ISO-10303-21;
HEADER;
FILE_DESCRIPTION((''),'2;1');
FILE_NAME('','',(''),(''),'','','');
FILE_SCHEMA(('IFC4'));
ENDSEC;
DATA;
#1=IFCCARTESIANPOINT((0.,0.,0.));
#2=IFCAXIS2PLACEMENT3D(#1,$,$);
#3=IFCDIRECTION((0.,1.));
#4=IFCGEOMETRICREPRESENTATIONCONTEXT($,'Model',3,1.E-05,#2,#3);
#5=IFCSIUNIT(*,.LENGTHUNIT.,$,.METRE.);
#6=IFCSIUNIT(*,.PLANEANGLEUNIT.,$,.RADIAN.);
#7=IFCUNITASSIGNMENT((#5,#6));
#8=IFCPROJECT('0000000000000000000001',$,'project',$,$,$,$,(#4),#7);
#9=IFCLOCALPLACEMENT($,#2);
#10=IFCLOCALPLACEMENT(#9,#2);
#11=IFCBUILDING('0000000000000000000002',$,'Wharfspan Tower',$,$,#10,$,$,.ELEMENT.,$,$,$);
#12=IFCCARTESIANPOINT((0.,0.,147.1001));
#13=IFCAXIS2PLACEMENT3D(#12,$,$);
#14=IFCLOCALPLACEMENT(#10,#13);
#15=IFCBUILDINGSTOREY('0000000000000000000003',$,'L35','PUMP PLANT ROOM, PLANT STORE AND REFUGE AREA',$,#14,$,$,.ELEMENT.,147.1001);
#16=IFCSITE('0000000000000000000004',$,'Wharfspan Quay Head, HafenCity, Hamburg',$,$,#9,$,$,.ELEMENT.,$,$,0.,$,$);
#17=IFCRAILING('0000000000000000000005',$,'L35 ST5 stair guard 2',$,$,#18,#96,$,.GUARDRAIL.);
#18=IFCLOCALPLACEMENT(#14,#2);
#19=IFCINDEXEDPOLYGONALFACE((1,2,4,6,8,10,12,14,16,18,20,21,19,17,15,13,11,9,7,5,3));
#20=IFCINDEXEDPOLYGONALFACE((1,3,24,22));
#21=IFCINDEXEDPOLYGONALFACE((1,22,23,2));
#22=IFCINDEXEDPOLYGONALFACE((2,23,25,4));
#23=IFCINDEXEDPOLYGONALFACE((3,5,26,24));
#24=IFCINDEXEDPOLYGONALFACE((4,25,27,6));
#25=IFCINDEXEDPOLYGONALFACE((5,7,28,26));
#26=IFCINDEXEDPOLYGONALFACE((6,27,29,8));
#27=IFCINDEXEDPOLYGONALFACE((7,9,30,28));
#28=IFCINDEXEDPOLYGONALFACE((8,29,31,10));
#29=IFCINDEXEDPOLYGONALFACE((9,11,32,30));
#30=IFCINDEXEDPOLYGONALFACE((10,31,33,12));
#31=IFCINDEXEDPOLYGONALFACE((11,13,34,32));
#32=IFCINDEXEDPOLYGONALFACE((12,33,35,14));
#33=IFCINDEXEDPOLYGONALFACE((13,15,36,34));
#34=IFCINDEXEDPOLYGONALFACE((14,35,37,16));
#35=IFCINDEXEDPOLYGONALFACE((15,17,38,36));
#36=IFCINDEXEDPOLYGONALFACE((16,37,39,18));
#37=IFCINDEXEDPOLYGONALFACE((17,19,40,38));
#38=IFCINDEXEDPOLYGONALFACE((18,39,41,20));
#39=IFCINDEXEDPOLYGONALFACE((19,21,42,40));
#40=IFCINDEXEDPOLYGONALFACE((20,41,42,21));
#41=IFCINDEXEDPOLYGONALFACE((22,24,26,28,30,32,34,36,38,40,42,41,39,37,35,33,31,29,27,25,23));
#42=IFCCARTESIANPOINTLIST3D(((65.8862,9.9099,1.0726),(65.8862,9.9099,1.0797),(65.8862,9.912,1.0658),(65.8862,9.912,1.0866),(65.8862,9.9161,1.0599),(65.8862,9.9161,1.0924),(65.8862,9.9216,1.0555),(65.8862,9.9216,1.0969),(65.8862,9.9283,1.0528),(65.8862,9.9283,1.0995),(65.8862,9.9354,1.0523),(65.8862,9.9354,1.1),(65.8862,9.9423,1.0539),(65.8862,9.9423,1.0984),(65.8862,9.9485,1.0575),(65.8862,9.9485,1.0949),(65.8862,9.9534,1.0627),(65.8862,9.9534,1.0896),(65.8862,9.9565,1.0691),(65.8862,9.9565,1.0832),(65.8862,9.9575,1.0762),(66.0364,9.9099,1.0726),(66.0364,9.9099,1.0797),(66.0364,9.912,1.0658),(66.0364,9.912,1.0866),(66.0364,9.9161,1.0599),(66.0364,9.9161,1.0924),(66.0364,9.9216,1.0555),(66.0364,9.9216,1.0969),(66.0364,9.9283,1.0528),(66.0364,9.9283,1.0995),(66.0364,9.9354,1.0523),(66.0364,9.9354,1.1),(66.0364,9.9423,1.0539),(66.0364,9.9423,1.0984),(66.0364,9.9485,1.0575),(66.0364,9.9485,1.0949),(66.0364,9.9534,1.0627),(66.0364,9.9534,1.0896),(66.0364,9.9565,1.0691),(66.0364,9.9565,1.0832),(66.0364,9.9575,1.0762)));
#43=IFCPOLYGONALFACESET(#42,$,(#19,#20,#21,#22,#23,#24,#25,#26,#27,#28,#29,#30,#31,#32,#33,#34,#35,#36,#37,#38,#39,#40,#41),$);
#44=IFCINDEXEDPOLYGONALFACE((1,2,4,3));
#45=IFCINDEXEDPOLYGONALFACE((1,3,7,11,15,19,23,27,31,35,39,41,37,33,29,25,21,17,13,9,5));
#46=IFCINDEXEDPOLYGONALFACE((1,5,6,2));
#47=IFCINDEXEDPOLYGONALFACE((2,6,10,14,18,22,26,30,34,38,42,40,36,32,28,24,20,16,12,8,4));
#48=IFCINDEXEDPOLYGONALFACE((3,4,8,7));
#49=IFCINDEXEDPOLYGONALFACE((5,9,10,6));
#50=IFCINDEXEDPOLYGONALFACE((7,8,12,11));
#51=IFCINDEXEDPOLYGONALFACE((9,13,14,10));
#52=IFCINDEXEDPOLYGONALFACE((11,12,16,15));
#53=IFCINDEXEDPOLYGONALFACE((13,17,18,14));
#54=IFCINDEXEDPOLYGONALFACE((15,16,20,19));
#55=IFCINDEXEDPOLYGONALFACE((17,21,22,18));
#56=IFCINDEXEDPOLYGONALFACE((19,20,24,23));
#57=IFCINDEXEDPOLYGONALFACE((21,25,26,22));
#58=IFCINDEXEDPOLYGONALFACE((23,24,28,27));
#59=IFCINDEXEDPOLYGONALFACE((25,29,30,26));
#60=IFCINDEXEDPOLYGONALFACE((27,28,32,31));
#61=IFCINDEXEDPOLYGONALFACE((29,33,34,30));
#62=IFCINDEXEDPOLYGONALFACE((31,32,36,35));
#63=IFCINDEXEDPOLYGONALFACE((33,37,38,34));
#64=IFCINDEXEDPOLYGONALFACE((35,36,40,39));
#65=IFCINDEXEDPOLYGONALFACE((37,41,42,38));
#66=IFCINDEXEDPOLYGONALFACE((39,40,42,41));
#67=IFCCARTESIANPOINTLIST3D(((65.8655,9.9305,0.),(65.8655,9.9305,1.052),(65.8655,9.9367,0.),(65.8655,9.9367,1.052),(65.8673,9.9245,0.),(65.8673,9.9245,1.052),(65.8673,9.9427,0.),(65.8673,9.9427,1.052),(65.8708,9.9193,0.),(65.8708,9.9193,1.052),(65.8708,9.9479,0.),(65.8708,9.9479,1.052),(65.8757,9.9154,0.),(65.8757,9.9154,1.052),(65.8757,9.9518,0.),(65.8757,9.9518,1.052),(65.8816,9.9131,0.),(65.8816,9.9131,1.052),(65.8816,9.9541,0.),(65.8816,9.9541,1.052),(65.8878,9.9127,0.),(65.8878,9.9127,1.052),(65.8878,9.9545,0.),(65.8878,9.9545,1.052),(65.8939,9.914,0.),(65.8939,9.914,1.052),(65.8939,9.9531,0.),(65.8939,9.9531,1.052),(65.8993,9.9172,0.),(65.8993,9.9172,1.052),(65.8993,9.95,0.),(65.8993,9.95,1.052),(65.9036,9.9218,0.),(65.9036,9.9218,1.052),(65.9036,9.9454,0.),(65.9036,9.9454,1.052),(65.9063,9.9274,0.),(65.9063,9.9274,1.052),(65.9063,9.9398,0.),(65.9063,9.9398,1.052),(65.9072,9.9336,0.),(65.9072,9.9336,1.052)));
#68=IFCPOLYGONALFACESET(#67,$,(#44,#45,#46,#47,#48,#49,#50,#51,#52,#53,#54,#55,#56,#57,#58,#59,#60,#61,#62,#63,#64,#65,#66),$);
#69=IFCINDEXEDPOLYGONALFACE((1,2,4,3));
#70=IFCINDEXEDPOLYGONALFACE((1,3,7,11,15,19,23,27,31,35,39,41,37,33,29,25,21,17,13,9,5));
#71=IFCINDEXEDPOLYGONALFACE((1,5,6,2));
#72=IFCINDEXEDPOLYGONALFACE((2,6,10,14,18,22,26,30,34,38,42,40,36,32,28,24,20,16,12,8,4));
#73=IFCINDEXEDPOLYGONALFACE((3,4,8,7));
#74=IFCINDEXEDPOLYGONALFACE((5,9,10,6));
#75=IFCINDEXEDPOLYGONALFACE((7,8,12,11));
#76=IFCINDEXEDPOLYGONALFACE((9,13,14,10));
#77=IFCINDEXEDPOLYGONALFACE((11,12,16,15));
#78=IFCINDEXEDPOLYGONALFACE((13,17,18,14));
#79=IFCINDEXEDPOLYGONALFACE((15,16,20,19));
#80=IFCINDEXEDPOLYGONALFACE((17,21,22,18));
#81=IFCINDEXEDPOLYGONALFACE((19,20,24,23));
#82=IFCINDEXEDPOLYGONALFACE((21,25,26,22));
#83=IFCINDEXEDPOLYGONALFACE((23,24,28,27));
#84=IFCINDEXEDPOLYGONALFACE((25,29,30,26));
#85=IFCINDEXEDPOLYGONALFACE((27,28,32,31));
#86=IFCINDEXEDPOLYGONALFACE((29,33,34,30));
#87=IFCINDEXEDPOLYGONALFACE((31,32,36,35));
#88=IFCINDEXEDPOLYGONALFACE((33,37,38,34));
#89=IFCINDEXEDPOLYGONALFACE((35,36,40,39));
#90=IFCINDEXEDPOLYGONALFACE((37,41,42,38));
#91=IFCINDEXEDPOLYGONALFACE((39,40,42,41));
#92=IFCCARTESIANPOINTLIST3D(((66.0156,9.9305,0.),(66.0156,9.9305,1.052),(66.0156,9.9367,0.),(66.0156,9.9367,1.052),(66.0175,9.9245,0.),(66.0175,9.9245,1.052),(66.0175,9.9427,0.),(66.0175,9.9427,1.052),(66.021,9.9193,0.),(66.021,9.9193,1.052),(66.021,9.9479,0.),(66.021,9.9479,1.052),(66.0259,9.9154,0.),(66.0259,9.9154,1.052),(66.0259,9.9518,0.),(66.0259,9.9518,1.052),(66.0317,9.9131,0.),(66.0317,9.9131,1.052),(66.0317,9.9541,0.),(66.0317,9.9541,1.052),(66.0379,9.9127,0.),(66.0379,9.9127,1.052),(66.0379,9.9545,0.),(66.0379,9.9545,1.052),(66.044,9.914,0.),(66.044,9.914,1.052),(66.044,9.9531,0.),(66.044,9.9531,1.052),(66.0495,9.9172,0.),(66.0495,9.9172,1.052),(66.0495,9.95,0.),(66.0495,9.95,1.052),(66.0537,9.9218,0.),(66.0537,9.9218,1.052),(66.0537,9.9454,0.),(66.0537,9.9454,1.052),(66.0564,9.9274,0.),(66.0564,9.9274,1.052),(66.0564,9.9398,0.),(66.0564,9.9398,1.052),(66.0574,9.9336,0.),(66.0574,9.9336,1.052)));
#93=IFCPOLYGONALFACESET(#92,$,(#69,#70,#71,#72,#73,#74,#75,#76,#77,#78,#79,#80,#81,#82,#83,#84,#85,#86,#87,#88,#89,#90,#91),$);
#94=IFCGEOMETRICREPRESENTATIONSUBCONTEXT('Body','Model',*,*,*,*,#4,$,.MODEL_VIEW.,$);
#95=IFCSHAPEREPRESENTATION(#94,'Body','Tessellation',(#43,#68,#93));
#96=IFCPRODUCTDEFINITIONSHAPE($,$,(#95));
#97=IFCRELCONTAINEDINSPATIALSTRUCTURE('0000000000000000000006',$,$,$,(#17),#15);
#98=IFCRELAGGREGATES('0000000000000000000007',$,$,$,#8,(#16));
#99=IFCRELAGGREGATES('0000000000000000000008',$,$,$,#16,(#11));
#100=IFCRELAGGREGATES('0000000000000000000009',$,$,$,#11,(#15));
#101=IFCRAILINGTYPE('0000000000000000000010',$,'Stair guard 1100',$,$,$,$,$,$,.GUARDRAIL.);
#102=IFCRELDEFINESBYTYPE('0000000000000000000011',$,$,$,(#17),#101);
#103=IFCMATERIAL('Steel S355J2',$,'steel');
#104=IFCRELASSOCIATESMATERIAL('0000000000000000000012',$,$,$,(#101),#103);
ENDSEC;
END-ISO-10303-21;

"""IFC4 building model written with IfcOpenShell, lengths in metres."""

from ifc_helpers import new_model, si_unit, direction, frame, origin, origin_2d, place, context, subcontext, project, spatial, circle, extrude, material, type_object, element, save


model = new_model("IFC4")

# Units and contexts
model_context = context("Model", 3, precision=1e-05, world=origin(), true_north=direction((0.0, 1.0)))
body_context = subcontext(model_context, "Body", "Model", "MODEL_VIEW")
ifc_project = project(units=[si_unit("LENGTHUNIT", "METRE"), si_unit("PLANEANGLEUNIT", "RADIAN")], contexts=[model_context])

# Site, building, storey
site_placement = place(None, origin())
site = spatial("IfcSite", under=ifc_project, at=site_placement, Name="Wharfspan Quay Head, HafenCity, Hamburg", CompositionType="ELEMENT", RefElevation=0.0)
building_placement = place(site_placement, origin())
building = spatial("IfcBuilding", under=site, at=building_placement, Name="Wharfspan Tower", CompositionType="ELEMENT")
storey_placement = place(building_placement, frame((0.0, 0.0, 147.1001)))
storey = spatial("IfcBuildingStorey", under=building, at=storey_placement, Name="L35", Description="PUMP PLANT ROOM, PLANT STORE AND REFUGE AREA", CompositionType="ELEMENT", Elevation=147.1001)

# Shared definitions
ifc_material_1 = material(Name="Steel S355J2", Category="steel")

# Railing
railing_type_1 = type_object("IfcRailingType", Name="Stair guard 1100", PredefinedType="GUARDRAIL", material=ifc_material_1)
railing_1_placement = place(storey_placement, frame((65.8862, 9.9336, 0.0)))
element("IfcRailing", 1, at=railing_1_placement, inside=storey, type_object=railing_type_1, Name="L35 ST5 stair guard 2", PredefinedType="GUARDRAIL", context=body_context, shape_type="SweptSolid", body=[
    extrude(circle(Radius=0.0239, at=origin_2d()), frame((0.0, 0.0, 1.0762), z_axis=(1.0, 0.0, 0.0), x_axis=(0.0, 1.0, 0.0)), (0.0, 0.0, 1.0), 0.1501),
    extrude(circle(Radius=0.021, at=origin_2d()), origin(), (0.0, 0.0, 1.0), 1.052),
    extrude(circle(Radius=0.021, at=origin_2d()), frame((0.1501, 0.0, 0.0)), (0.0, 0.0, 1.0), 1.052),
])

save(model, "model.ifc")
